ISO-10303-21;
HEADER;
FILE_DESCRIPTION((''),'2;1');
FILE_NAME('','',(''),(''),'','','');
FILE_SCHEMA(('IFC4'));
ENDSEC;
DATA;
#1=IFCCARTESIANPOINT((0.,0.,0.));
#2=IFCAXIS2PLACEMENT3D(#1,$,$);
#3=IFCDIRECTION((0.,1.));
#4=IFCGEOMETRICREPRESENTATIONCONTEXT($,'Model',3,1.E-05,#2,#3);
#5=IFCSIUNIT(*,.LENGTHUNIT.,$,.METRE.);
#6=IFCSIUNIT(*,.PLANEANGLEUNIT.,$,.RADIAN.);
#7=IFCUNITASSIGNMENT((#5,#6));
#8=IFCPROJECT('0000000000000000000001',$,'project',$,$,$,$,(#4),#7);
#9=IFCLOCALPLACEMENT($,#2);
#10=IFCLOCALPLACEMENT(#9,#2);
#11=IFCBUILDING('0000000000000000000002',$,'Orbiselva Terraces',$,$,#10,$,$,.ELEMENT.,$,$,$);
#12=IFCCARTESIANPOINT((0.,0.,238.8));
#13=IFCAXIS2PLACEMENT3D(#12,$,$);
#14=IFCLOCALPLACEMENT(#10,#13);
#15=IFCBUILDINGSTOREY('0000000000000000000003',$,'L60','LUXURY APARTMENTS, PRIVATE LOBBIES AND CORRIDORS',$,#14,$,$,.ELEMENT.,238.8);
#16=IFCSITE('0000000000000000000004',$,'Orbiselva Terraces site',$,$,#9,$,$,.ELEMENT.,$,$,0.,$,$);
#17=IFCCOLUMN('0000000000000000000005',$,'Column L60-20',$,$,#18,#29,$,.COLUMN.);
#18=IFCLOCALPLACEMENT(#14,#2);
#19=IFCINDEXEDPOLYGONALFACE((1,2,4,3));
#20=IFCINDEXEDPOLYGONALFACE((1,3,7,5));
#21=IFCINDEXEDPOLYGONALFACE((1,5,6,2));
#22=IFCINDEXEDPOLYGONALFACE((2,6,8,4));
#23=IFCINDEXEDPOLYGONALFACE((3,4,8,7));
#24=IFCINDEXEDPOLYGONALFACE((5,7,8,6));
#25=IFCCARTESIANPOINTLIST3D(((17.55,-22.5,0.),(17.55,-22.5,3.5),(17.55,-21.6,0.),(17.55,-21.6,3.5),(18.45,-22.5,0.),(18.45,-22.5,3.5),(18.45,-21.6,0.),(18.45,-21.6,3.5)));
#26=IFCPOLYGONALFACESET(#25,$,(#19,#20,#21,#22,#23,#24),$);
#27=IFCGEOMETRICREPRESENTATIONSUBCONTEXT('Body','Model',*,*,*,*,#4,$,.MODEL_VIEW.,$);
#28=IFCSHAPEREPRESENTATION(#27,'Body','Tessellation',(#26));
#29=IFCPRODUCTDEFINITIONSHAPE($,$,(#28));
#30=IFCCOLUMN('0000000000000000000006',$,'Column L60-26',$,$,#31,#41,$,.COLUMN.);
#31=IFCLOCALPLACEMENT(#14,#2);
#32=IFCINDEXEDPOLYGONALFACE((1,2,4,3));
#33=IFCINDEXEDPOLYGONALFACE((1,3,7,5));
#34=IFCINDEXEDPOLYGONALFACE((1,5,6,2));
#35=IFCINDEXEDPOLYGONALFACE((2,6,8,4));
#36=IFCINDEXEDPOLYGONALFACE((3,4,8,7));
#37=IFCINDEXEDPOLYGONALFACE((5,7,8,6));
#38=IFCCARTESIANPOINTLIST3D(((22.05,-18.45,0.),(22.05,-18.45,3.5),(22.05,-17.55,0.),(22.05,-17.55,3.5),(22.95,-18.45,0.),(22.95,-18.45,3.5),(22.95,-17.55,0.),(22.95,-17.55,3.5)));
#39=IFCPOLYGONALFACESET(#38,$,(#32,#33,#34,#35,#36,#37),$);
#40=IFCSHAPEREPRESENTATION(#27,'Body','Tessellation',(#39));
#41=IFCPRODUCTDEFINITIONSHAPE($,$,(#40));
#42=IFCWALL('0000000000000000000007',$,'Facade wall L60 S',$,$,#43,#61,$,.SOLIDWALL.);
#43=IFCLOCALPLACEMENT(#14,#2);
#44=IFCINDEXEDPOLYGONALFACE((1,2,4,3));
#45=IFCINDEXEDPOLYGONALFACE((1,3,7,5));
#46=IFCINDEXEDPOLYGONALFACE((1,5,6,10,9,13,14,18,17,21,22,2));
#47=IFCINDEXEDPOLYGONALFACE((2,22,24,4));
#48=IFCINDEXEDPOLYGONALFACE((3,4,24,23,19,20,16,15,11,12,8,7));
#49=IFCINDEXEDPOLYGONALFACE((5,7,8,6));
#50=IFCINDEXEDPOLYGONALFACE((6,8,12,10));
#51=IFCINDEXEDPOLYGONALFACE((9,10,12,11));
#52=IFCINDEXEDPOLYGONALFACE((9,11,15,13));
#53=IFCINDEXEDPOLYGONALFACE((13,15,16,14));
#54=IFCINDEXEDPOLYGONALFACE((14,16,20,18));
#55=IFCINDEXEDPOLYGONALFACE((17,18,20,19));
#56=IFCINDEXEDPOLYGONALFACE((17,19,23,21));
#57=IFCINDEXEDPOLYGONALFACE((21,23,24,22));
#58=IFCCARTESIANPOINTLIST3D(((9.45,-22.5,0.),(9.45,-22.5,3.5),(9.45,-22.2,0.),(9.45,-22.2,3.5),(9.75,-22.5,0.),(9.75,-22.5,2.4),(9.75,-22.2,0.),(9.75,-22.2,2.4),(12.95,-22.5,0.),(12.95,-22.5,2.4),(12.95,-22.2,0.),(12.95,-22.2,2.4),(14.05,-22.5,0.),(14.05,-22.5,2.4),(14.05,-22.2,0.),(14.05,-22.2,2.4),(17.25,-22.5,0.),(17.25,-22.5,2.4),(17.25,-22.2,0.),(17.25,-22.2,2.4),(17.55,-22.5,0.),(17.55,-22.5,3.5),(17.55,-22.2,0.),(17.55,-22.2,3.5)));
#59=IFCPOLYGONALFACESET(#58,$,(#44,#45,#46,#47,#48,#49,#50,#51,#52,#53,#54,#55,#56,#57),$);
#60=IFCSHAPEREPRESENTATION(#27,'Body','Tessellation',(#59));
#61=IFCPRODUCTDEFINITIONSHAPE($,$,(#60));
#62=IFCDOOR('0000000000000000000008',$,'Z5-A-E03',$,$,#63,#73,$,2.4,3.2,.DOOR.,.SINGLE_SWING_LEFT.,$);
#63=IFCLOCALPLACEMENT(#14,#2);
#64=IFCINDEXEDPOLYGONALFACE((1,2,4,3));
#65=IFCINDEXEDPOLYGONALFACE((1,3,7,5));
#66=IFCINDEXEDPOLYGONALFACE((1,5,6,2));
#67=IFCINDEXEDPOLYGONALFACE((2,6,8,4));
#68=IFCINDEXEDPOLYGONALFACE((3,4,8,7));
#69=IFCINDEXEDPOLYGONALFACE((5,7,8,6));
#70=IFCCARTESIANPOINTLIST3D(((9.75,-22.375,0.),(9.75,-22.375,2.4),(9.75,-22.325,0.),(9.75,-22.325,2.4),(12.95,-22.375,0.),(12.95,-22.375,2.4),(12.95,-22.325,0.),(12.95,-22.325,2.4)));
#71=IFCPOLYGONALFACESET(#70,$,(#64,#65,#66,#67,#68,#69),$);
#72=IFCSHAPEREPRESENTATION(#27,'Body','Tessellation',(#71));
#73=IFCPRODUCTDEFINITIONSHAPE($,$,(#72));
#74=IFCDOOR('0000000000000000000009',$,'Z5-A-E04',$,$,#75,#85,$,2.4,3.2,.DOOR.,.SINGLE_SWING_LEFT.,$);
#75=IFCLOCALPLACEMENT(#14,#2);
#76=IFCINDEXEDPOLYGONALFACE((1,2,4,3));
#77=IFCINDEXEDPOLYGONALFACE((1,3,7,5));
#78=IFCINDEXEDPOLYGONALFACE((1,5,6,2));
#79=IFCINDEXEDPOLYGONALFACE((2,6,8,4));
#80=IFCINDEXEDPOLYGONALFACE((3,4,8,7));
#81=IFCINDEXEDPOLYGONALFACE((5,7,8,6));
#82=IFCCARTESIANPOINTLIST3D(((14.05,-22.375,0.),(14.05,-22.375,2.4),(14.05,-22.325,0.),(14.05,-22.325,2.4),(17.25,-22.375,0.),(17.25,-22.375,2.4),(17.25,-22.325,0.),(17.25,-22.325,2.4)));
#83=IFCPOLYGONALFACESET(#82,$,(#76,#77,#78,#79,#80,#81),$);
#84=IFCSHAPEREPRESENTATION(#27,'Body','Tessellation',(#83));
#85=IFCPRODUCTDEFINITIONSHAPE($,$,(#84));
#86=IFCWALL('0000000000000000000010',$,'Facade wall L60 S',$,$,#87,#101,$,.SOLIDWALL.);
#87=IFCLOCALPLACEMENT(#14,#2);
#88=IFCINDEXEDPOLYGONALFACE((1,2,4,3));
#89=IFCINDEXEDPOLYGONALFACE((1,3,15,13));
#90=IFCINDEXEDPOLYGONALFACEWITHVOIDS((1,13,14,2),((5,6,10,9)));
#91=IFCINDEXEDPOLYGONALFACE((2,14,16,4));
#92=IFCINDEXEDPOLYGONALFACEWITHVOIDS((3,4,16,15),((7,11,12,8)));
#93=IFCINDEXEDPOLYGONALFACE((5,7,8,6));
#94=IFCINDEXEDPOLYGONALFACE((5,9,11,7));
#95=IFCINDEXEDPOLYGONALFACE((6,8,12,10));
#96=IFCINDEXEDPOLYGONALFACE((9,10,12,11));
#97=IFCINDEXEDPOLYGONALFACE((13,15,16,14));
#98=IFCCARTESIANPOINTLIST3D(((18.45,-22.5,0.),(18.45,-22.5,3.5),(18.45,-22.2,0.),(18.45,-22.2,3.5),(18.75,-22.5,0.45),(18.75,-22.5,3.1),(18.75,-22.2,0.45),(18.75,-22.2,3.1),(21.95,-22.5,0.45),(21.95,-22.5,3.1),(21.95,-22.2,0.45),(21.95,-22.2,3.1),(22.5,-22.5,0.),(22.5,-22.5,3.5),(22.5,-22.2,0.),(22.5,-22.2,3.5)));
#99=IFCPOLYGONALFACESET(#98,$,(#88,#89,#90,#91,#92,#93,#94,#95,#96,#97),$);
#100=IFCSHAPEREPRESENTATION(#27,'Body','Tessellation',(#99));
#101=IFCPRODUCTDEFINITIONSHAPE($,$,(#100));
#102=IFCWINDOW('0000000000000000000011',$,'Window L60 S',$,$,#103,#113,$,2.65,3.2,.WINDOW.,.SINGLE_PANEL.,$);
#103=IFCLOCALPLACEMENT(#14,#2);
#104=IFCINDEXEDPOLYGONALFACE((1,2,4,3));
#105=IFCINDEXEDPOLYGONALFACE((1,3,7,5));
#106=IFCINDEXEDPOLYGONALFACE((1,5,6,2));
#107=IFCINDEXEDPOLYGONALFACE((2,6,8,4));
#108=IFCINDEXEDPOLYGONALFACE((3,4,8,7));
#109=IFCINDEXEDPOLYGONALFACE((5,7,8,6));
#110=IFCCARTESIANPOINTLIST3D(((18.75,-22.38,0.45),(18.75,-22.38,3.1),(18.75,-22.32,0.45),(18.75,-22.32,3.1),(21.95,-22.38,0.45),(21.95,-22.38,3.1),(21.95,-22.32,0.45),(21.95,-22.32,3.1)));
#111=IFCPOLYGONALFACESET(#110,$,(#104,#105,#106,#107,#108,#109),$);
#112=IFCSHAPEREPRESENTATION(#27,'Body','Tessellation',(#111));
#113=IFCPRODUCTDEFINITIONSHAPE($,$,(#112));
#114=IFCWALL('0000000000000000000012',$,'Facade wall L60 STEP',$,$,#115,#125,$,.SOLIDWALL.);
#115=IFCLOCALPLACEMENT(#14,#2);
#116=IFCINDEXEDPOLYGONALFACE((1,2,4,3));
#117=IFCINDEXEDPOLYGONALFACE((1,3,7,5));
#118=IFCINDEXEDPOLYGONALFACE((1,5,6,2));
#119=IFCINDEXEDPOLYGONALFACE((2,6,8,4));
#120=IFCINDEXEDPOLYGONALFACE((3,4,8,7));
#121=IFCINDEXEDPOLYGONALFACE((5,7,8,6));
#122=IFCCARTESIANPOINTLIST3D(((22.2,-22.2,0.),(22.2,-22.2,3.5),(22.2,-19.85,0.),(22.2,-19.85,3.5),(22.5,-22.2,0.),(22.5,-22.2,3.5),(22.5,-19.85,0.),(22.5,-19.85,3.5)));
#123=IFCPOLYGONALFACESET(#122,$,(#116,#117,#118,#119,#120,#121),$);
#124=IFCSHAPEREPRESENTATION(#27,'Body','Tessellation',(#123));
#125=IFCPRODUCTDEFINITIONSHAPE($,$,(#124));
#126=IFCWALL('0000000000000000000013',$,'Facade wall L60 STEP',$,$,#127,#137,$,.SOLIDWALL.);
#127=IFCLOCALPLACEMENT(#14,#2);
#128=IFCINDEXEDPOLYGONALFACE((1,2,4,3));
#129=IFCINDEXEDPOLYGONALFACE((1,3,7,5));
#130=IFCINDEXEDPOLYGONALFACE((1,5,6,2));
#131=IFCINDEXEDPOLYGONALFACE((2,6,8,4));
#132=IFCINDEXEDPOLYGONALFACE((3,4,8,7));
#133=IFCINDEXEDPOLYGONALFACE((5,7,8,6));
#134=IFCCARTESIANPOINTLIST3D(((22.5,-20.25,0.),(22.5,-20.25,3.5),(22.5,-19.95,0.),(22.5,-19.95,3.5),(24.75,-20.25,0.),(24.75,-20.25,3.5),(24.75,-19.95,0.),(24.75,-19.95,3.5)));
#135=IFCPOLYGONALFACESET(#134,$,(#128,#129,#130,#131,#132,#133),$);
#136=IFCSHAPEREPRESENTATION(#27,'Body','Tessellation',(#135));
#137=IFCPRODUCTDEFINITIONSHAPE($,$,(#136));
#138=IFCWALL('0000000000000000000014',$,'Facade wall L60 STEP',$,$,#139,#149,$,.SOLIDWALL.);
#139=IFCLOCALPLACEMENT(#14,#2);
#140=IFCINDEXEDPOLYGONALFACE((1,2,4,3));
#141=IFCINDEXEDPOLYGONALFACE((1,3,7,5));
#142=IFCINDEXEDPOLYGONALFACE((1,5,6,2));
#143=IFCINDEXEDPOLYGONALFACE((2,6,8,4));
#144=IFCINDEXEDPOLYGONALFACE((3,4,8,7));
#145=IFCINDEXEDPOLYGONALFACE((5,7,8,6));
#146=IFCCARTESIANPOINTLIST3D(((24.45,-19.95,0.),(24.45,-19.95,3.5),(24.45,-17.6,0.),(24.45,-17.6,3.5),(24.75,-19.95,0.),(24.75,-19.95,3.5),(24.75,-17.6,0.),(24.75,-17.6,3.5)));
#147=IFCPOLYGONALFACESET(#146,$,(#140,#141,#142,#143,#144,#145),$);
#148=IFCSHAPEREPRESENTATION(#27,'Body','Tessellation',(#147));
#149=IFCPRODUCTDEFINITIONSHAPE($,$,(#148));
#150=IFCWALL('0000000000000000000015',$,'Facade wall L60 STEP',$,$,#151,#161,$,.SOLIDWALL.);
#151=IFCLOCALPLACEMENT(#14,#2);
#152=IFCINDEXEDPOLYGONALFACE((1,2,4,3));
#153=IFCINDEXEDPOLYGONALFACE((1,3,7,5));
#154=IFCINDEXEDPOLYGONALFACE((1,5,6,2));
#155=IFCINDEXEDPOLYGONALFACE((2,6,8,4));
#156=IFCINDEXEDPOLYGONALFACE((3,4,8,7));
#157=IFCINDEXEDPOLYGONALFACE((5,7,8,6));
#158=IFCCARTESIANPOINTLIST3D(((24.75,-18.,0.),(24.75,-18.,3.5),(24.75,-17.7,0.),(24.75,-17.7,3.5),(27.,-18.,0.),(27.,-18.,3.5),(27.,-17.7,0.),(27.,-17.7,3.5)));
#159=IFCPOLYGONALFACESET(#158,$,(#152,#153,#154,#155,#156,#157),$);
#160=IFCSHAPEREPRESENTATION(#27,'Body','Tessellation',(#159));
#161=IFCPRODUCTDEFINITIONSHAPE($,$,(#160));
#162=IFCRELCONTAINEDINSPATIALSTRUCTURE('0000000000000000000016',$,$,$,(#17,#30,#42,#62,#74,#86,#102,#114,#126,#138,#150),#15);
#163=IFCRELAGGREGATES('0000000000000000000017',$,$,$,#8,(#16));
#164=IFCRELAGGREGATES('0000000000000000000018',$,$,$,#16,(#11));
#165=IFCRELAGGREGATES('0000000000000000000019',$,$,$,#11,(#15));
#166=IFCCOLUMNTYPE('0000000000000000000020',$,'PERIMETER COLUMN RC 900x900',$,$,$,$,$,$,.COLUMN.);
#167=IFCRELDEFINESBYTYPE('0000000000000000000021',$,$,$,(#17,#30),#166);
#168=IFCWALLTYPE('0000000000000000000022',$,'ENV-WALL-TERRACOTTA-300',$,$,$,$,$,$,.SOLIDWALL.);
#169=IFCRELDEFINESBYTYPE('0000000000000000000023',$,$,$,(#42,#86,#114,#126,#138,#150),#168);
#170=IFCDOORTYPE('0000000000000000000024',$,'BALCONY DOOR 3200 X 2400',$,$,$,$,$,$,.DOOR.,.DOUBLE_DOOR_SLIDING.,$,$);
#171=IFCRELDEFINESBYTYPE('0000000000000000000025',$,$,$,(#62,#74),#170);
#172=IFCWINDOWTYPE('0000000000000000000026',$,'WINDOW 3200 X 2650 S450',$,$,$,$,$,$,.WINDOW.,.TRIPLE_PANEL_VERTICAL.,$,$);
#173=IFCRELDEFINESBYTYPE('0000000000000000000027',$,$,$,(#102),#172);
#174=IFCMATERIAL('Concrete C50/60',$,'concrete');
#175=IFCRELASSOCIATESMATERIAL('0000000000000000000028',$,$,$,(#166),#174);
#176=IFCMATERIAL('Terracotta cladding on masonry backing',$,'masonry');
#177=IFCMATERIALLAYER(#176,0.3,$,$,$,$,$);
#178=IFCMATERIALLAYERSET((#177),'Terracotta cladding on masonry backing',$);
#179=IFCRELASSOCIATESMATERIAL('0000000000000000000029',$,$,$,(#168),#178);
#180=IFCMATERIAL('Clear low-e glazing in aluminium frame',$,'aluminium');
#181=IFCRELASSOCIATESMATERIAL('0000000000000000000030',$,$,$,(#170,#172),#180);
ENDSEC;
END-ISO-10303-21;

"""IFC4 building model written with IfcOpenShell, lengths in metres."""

from ifc_helpers import new_model, si_unit, direction, frame, frame_2d, origin, origin_2d, place, context, subcontext, project, spatial, rectangle, extrude, material, layer, layer_set, material_profile, profile_set, type_object, element, fill, save


model = new_model("IFC4")

# Units and contexts
model_context = context("Model", 3, precision=1e-05, world=origin(), true_north=direction((0.0, 1.0)))
body_context = subcontext(model_context, "Body", "Model", "MODEL_VIEW")
ifc_project = project(units=[si_unit("LENGTHUNIT", "METRE"), si_unit("PLANEANGLEUNIT", "RADIAN")], contexts=[model_context])

# Site, building, storey
site_placement = place(None, origin())
site = spatial("IfcSite", under=ifc_project, at=site_placement, Name="Orbiselva Terraces site", CompositionType="ELEMENT", RefElevation=0.0)
building_placement = place(site_placement, origin())
building = spatial("IfcBuilding", under=site, at=building_placement, Name="Orbiselva Terraces", CompositionType="ELEMENT")
storey_placement = place(building_placement, frame((0.0, 0.0, 238.8)))
storey = spatial("IfcBuildingStorey", under=building, at=storey_placement, Name="L60", Description="LUXURY APARTMENTS, PRIVATE LOBBIES AND CORRIDORS", CompositionType="ELEMENT", Elevation=238.8)

# Columns
ifc_material_1 = material(Name="Concrete C50/60", Category="concrete")
ifc_material_profile = material_profile(ifc_material_1, rectangle(XDim=0.9, YDim=0.9, at=origin_2d()), Name="RC 900x900")
ifc_profile_set = profile_set([ifc_material_profile], Name="Concrete C50/60")
column_type = type_object("IfcColumnType", Name="PERIMETER COLUMN RC 900x900", PredefinedType="COLUMN", material=ifc_profile_set)
for number, where, z_axis, x_axis, name in (
    (1, (18.0, -22.05, 0.0), (0.0, 0.0, 1.0), (1.0, 0.0, 0.0), "Column L60-20"),
    (2, (22.5, -18.0, 0.0), (0.0, 0.0, 1.0), (1.0, 0.0, 0.0), "Column L60-26"),
):
    element("IfcColumn", number, at=place(storey_placement, frame(where, z_axis=z_axis, x_axis=x_axis)), inside=storey, type_object=column_type, Name=name, PredefinedType="COLUMN", context=body_context, shape_type="SweptSolid", body=[
        extrude(rectangle(XDim=0.9, YDim=0.9, at=origin_2d()), origin(), (0.0, 0.0, 1.0), 3.5),
    ])

# Wall, openings, doors
ifc_material_2 = material(Name="Terracotta cladding on masonry backing", Category="masonry")
ifc_layer_1 = layer(ifc_material_2, 0.3)
ifc_layer_set_1 = layer_set([ifc_layer_1], Name="Terracotta cladding on masonry backing")
wall_type_1 = type_object("IfcWallType", Name="ENV-WALL-TERRACOTTA-300", PredefinedType="SOLIDWALL", material=ifc_layer_set_1)
wall_1_placement = place(storey_placement, frame((17.55, -22.35, 0.0), z_axis=(0.0, 0.0, 1.0), x_axis=(-1.0, 0.0, 0.0)))
wall_1 = element("IfcWall", 3, at=wall_1_placement, inside=storey, type_object=wall_type_1, Name="Facade wall L60 S", PredefinedType="SOLIDWALL", context=body_context, shape_type="SweptSolid", body=[
    extrude(rectangle(XDim=8.1, YDim=0.3, at=frame_2d((4.05, 0.0))), origin(), (0.0, 0.0, 1.0), 3.5),
])
opening_1_placement = place(wall_1_placement, frame((4.6, 0.0, 0.0)))
opening_1 = element("IfcOpeningElement", 4, at=opening_1_placement, cuts=wall_1, PredefinedType="OPENING", context=body_context, shape_type="SweptSolid", body=[
    extrude(rectangle(XDim=3.2, YDim=2.4, at=frame_2d((1.6, 1.2))), frame((0.0, 0.16, 0.0), z_axis=(0.0, -1.0, 0.0), x_axis=(1.0, 0.0, 0.0)), (0.0, 0.0, 1.0), 0.32),
])
opening_2_placement = place(wall_1_placement, frame((0.3, 0.0, 0.0)))
opening_2 = element("IfcOpeningElement", 5, at=opening_2_placement, cuts=wall_1, PredefinedType="OPENING", context=body_context, shape_type="SweptSolid", body=[
    extrude(rectangle(XDim=3.2, YDim=2.4, at=frame_2d((1.6, 1.2))), frame((0.0, 0.16, 0.0), z_axis=(0.0, -1.0, 0.0), x_axis=(1.0, 0.0, 0.0)), (0.0, 0.0, 1.0), 0.32),
])
ifc_material_3 = material(Name="Clear low-e glazing in aluminium frame", Category="aluminium")
door_type_1 = type_object("IfcDoorType", Name="BALCONY DOOR 3200 X 2400", OperationType="DOUBLE_DOOR_SLIDING", PredefinedType="DOOR", material=ifc_material_3)
door_1_placement = place(opening_1_placement, origin())
door_1 = element("IfcDoor", 6, at=door_1_placement, inside=storey, type_object=door_type_1, Name="Z5-A-E03", OperationType="SINGLE_SWING_LEFT", OverallHeight=2.4, OverallWidth=3.2, PredefinedType="DOOR", context=body_context, shape_type="SweptSolid", body=[
    extrude(rectangle(XDim=3.2, YDim=2.4, at=frame_2d((1.6, 1.2))), frame((0.0, 0.025, 0.0), z_axis=(0.0, -1.0, 0.0), x_axis=(1.0, 0.0, 0.0)), (0.0, 0.0, 1.0), 0.05),
])
fill(opening_1, door_1)
door_2_placement = place(opening_2_placement, origin())
door_2 = element("IfcDoor", 7, at=door_2_placement, inside=storey, type_object=door_type_1, Name="Z5-A-E04", OperationType="SINGLE_SWING_LEFT", OverallHeight=2.4, OverallWidth=3.2, PredefinedType="DOOR", context=body_context, shape_type="SweptSolid", body=[
    extrude(rectangle(XDim=3.2, YDim=2.4, at=frame_2d((1.6, 1.2))), frame((0.0, 0.025, 0.0), z_axis=(0.0, -1.0, 0.0), x_axis=(1.0, 0.0, 0.0)), (0.0, 0.0, 1.0), 0.05),
])
fill(opening_2, door_2)

# Wall, opening, window
wall_2_placement = place(storey_placement, frame((22.5, -22.35, 0.0), z_axis=(0.0, 0.0, 1.0), x_axis=(-1.0, 0.0, 0.0)))
wall_2 = element("IfcWall", 8, at=wall_2_placement, inside=storey, type_object=wall_type_1, Name="Facade wall L60 S", PredefinedType="SOLIDWALL", context=body_context, shape_type="SweptSolid", body=[
    extrude(rectangle(XDim=4.05, YDim=0.3, at=frame_2d((2.025, 0.0))), origin(), (0.0, 0.0, 1.0), 3.5),
])
opening_3_placement = place(wall_2_placement, frame((0.55, 0.0, 0.45)))
opening_3 = element("IfcOpeningElement", 9, at=opening_3_placement, cuts=wall_2, PredefinedType="OPENING", context=body_context, shape_type="SweptSolid", body=[
    extrude(rectangle(XDim=3.2, YDim=2.65, at=frame_2d((1.6, 1.325))), frame((0.0, 0.16, 0.0), z_axis=(0.0, -1.0, 0.0), x_axis=(1.0, 0.0, 0.0)), (0.0, 0.0, 1.0), 0.32),
])
window_type = type_object("IfcWindowType", Name="WINDOW 3200 X 2650 S450", PartitioningType="TRIPLE_PANEL_VERTICAL", PredefinedType="WINDOW", material=ifc_material_3)
window_placement = place(opening_3_placement, origin())
window = element("IfcWindow", 10, at=window_placement, inside=storey, type_object=window_type, Name="Window L60 S", OverallHeight=2.65, OverallWidth=3.2, PartitioningType="SINGLE_PANEL", PredefinedType="WINDOW", context=body_context, shape_type="SweptSolid", body=[
    extrude(rectangle(XDim=3.2, YDim=2.65, at=frame_2d((1.6, 1.325))), frame((0.0, 0.03, 0.0), z_axis=(0.0, -1.0, 0.0), x_axis=(1.0, 0.0, 0.0)), (0.0, 0.0, 1.0), 0.06),
])
fill(opening_3, window)

# Walls
wall_3_placement = place(storey_placement, frame((22.35, -19.85, 0.0), z_axis=(0.0, 0.0, 1.0), x_axis=(0.0, -1.0, 0.0)))
element("IfcWall", 11, at=wall_3_placement, inside=storey, type_object=wall_type_1, Name="Facade wall L60 STEP", PredefinedType="SOLIDWALL", context=body_context, shape_type="SweptSolid", body=[
    extrude(rectangle(XDim=2.35, YDim=0.3, at=frame_2d((1.175, 0.0))), origin(), (0.0, 0.0, 1.0), 3.5),
])
wall_4_placement = place(storey_placement, frame((24.75, -20.1, 0.0), z_axis=(0.0, 0.0, 1.0), x_axis=(-1.0, 0.0, 0.0)))
element("IfcWall", 12, at=wall_4_placement, inside=storey, type_object=wall_type_1, Name="Facade wall L60 STEP", PredefinedType="SOLIDWALL", context=body_context, shape_type="SweptSolid", body=[
    extrude(rectangle(XDim=2.25, YDim=0.3, at=frame_2d((1.125, 0.0))), origin(), (0.0, 0.0, 1.0), 3.5),
])
wall_5_placement = place(storey_placement, frame((24.6, -17.6, 0.0), z_axis=(0.0, 0.0, 1.0), x_axis=(0.0, -1.0, 0.0)))
element("IfcWall", 13, at=wall_5_placement, inside=storey, type_object=wall_type_1, Name="Facade wall L60 STEP", PredefinedType="SOLIDWALL", context=body_context, shape_type="SweptSolid", body=[
    extrude(rectangle(XDim=2.35, YDim=0.3, at=frame_2d((1.175, 0.0))), origin(), (0.0, 0.0, 1.0), 3.5),
])
wall_6_placement = place(storey_placement, frame((27.0, -17.85, 0.0), z_axis=(0.0, 0.0, 1.0), x_axis=(-1.0, 0.0, 0.0)))
element("IfcWall", 14, at=wall_6_placement, inside=storey, type_object=wall_type_1, Name="Facade wall L60 STEP", PredefinedType="SOLIDWALL", context=body_context, shape_type="SweptSolid", body=[
    extrude(rectangle(XDim=2.25, YDim=0.3, at=frame_2d((1.125, 0.0))), origin(), (0.0, 0.0, 1.0), 3.5),
])

save(model, "model.ifc")
